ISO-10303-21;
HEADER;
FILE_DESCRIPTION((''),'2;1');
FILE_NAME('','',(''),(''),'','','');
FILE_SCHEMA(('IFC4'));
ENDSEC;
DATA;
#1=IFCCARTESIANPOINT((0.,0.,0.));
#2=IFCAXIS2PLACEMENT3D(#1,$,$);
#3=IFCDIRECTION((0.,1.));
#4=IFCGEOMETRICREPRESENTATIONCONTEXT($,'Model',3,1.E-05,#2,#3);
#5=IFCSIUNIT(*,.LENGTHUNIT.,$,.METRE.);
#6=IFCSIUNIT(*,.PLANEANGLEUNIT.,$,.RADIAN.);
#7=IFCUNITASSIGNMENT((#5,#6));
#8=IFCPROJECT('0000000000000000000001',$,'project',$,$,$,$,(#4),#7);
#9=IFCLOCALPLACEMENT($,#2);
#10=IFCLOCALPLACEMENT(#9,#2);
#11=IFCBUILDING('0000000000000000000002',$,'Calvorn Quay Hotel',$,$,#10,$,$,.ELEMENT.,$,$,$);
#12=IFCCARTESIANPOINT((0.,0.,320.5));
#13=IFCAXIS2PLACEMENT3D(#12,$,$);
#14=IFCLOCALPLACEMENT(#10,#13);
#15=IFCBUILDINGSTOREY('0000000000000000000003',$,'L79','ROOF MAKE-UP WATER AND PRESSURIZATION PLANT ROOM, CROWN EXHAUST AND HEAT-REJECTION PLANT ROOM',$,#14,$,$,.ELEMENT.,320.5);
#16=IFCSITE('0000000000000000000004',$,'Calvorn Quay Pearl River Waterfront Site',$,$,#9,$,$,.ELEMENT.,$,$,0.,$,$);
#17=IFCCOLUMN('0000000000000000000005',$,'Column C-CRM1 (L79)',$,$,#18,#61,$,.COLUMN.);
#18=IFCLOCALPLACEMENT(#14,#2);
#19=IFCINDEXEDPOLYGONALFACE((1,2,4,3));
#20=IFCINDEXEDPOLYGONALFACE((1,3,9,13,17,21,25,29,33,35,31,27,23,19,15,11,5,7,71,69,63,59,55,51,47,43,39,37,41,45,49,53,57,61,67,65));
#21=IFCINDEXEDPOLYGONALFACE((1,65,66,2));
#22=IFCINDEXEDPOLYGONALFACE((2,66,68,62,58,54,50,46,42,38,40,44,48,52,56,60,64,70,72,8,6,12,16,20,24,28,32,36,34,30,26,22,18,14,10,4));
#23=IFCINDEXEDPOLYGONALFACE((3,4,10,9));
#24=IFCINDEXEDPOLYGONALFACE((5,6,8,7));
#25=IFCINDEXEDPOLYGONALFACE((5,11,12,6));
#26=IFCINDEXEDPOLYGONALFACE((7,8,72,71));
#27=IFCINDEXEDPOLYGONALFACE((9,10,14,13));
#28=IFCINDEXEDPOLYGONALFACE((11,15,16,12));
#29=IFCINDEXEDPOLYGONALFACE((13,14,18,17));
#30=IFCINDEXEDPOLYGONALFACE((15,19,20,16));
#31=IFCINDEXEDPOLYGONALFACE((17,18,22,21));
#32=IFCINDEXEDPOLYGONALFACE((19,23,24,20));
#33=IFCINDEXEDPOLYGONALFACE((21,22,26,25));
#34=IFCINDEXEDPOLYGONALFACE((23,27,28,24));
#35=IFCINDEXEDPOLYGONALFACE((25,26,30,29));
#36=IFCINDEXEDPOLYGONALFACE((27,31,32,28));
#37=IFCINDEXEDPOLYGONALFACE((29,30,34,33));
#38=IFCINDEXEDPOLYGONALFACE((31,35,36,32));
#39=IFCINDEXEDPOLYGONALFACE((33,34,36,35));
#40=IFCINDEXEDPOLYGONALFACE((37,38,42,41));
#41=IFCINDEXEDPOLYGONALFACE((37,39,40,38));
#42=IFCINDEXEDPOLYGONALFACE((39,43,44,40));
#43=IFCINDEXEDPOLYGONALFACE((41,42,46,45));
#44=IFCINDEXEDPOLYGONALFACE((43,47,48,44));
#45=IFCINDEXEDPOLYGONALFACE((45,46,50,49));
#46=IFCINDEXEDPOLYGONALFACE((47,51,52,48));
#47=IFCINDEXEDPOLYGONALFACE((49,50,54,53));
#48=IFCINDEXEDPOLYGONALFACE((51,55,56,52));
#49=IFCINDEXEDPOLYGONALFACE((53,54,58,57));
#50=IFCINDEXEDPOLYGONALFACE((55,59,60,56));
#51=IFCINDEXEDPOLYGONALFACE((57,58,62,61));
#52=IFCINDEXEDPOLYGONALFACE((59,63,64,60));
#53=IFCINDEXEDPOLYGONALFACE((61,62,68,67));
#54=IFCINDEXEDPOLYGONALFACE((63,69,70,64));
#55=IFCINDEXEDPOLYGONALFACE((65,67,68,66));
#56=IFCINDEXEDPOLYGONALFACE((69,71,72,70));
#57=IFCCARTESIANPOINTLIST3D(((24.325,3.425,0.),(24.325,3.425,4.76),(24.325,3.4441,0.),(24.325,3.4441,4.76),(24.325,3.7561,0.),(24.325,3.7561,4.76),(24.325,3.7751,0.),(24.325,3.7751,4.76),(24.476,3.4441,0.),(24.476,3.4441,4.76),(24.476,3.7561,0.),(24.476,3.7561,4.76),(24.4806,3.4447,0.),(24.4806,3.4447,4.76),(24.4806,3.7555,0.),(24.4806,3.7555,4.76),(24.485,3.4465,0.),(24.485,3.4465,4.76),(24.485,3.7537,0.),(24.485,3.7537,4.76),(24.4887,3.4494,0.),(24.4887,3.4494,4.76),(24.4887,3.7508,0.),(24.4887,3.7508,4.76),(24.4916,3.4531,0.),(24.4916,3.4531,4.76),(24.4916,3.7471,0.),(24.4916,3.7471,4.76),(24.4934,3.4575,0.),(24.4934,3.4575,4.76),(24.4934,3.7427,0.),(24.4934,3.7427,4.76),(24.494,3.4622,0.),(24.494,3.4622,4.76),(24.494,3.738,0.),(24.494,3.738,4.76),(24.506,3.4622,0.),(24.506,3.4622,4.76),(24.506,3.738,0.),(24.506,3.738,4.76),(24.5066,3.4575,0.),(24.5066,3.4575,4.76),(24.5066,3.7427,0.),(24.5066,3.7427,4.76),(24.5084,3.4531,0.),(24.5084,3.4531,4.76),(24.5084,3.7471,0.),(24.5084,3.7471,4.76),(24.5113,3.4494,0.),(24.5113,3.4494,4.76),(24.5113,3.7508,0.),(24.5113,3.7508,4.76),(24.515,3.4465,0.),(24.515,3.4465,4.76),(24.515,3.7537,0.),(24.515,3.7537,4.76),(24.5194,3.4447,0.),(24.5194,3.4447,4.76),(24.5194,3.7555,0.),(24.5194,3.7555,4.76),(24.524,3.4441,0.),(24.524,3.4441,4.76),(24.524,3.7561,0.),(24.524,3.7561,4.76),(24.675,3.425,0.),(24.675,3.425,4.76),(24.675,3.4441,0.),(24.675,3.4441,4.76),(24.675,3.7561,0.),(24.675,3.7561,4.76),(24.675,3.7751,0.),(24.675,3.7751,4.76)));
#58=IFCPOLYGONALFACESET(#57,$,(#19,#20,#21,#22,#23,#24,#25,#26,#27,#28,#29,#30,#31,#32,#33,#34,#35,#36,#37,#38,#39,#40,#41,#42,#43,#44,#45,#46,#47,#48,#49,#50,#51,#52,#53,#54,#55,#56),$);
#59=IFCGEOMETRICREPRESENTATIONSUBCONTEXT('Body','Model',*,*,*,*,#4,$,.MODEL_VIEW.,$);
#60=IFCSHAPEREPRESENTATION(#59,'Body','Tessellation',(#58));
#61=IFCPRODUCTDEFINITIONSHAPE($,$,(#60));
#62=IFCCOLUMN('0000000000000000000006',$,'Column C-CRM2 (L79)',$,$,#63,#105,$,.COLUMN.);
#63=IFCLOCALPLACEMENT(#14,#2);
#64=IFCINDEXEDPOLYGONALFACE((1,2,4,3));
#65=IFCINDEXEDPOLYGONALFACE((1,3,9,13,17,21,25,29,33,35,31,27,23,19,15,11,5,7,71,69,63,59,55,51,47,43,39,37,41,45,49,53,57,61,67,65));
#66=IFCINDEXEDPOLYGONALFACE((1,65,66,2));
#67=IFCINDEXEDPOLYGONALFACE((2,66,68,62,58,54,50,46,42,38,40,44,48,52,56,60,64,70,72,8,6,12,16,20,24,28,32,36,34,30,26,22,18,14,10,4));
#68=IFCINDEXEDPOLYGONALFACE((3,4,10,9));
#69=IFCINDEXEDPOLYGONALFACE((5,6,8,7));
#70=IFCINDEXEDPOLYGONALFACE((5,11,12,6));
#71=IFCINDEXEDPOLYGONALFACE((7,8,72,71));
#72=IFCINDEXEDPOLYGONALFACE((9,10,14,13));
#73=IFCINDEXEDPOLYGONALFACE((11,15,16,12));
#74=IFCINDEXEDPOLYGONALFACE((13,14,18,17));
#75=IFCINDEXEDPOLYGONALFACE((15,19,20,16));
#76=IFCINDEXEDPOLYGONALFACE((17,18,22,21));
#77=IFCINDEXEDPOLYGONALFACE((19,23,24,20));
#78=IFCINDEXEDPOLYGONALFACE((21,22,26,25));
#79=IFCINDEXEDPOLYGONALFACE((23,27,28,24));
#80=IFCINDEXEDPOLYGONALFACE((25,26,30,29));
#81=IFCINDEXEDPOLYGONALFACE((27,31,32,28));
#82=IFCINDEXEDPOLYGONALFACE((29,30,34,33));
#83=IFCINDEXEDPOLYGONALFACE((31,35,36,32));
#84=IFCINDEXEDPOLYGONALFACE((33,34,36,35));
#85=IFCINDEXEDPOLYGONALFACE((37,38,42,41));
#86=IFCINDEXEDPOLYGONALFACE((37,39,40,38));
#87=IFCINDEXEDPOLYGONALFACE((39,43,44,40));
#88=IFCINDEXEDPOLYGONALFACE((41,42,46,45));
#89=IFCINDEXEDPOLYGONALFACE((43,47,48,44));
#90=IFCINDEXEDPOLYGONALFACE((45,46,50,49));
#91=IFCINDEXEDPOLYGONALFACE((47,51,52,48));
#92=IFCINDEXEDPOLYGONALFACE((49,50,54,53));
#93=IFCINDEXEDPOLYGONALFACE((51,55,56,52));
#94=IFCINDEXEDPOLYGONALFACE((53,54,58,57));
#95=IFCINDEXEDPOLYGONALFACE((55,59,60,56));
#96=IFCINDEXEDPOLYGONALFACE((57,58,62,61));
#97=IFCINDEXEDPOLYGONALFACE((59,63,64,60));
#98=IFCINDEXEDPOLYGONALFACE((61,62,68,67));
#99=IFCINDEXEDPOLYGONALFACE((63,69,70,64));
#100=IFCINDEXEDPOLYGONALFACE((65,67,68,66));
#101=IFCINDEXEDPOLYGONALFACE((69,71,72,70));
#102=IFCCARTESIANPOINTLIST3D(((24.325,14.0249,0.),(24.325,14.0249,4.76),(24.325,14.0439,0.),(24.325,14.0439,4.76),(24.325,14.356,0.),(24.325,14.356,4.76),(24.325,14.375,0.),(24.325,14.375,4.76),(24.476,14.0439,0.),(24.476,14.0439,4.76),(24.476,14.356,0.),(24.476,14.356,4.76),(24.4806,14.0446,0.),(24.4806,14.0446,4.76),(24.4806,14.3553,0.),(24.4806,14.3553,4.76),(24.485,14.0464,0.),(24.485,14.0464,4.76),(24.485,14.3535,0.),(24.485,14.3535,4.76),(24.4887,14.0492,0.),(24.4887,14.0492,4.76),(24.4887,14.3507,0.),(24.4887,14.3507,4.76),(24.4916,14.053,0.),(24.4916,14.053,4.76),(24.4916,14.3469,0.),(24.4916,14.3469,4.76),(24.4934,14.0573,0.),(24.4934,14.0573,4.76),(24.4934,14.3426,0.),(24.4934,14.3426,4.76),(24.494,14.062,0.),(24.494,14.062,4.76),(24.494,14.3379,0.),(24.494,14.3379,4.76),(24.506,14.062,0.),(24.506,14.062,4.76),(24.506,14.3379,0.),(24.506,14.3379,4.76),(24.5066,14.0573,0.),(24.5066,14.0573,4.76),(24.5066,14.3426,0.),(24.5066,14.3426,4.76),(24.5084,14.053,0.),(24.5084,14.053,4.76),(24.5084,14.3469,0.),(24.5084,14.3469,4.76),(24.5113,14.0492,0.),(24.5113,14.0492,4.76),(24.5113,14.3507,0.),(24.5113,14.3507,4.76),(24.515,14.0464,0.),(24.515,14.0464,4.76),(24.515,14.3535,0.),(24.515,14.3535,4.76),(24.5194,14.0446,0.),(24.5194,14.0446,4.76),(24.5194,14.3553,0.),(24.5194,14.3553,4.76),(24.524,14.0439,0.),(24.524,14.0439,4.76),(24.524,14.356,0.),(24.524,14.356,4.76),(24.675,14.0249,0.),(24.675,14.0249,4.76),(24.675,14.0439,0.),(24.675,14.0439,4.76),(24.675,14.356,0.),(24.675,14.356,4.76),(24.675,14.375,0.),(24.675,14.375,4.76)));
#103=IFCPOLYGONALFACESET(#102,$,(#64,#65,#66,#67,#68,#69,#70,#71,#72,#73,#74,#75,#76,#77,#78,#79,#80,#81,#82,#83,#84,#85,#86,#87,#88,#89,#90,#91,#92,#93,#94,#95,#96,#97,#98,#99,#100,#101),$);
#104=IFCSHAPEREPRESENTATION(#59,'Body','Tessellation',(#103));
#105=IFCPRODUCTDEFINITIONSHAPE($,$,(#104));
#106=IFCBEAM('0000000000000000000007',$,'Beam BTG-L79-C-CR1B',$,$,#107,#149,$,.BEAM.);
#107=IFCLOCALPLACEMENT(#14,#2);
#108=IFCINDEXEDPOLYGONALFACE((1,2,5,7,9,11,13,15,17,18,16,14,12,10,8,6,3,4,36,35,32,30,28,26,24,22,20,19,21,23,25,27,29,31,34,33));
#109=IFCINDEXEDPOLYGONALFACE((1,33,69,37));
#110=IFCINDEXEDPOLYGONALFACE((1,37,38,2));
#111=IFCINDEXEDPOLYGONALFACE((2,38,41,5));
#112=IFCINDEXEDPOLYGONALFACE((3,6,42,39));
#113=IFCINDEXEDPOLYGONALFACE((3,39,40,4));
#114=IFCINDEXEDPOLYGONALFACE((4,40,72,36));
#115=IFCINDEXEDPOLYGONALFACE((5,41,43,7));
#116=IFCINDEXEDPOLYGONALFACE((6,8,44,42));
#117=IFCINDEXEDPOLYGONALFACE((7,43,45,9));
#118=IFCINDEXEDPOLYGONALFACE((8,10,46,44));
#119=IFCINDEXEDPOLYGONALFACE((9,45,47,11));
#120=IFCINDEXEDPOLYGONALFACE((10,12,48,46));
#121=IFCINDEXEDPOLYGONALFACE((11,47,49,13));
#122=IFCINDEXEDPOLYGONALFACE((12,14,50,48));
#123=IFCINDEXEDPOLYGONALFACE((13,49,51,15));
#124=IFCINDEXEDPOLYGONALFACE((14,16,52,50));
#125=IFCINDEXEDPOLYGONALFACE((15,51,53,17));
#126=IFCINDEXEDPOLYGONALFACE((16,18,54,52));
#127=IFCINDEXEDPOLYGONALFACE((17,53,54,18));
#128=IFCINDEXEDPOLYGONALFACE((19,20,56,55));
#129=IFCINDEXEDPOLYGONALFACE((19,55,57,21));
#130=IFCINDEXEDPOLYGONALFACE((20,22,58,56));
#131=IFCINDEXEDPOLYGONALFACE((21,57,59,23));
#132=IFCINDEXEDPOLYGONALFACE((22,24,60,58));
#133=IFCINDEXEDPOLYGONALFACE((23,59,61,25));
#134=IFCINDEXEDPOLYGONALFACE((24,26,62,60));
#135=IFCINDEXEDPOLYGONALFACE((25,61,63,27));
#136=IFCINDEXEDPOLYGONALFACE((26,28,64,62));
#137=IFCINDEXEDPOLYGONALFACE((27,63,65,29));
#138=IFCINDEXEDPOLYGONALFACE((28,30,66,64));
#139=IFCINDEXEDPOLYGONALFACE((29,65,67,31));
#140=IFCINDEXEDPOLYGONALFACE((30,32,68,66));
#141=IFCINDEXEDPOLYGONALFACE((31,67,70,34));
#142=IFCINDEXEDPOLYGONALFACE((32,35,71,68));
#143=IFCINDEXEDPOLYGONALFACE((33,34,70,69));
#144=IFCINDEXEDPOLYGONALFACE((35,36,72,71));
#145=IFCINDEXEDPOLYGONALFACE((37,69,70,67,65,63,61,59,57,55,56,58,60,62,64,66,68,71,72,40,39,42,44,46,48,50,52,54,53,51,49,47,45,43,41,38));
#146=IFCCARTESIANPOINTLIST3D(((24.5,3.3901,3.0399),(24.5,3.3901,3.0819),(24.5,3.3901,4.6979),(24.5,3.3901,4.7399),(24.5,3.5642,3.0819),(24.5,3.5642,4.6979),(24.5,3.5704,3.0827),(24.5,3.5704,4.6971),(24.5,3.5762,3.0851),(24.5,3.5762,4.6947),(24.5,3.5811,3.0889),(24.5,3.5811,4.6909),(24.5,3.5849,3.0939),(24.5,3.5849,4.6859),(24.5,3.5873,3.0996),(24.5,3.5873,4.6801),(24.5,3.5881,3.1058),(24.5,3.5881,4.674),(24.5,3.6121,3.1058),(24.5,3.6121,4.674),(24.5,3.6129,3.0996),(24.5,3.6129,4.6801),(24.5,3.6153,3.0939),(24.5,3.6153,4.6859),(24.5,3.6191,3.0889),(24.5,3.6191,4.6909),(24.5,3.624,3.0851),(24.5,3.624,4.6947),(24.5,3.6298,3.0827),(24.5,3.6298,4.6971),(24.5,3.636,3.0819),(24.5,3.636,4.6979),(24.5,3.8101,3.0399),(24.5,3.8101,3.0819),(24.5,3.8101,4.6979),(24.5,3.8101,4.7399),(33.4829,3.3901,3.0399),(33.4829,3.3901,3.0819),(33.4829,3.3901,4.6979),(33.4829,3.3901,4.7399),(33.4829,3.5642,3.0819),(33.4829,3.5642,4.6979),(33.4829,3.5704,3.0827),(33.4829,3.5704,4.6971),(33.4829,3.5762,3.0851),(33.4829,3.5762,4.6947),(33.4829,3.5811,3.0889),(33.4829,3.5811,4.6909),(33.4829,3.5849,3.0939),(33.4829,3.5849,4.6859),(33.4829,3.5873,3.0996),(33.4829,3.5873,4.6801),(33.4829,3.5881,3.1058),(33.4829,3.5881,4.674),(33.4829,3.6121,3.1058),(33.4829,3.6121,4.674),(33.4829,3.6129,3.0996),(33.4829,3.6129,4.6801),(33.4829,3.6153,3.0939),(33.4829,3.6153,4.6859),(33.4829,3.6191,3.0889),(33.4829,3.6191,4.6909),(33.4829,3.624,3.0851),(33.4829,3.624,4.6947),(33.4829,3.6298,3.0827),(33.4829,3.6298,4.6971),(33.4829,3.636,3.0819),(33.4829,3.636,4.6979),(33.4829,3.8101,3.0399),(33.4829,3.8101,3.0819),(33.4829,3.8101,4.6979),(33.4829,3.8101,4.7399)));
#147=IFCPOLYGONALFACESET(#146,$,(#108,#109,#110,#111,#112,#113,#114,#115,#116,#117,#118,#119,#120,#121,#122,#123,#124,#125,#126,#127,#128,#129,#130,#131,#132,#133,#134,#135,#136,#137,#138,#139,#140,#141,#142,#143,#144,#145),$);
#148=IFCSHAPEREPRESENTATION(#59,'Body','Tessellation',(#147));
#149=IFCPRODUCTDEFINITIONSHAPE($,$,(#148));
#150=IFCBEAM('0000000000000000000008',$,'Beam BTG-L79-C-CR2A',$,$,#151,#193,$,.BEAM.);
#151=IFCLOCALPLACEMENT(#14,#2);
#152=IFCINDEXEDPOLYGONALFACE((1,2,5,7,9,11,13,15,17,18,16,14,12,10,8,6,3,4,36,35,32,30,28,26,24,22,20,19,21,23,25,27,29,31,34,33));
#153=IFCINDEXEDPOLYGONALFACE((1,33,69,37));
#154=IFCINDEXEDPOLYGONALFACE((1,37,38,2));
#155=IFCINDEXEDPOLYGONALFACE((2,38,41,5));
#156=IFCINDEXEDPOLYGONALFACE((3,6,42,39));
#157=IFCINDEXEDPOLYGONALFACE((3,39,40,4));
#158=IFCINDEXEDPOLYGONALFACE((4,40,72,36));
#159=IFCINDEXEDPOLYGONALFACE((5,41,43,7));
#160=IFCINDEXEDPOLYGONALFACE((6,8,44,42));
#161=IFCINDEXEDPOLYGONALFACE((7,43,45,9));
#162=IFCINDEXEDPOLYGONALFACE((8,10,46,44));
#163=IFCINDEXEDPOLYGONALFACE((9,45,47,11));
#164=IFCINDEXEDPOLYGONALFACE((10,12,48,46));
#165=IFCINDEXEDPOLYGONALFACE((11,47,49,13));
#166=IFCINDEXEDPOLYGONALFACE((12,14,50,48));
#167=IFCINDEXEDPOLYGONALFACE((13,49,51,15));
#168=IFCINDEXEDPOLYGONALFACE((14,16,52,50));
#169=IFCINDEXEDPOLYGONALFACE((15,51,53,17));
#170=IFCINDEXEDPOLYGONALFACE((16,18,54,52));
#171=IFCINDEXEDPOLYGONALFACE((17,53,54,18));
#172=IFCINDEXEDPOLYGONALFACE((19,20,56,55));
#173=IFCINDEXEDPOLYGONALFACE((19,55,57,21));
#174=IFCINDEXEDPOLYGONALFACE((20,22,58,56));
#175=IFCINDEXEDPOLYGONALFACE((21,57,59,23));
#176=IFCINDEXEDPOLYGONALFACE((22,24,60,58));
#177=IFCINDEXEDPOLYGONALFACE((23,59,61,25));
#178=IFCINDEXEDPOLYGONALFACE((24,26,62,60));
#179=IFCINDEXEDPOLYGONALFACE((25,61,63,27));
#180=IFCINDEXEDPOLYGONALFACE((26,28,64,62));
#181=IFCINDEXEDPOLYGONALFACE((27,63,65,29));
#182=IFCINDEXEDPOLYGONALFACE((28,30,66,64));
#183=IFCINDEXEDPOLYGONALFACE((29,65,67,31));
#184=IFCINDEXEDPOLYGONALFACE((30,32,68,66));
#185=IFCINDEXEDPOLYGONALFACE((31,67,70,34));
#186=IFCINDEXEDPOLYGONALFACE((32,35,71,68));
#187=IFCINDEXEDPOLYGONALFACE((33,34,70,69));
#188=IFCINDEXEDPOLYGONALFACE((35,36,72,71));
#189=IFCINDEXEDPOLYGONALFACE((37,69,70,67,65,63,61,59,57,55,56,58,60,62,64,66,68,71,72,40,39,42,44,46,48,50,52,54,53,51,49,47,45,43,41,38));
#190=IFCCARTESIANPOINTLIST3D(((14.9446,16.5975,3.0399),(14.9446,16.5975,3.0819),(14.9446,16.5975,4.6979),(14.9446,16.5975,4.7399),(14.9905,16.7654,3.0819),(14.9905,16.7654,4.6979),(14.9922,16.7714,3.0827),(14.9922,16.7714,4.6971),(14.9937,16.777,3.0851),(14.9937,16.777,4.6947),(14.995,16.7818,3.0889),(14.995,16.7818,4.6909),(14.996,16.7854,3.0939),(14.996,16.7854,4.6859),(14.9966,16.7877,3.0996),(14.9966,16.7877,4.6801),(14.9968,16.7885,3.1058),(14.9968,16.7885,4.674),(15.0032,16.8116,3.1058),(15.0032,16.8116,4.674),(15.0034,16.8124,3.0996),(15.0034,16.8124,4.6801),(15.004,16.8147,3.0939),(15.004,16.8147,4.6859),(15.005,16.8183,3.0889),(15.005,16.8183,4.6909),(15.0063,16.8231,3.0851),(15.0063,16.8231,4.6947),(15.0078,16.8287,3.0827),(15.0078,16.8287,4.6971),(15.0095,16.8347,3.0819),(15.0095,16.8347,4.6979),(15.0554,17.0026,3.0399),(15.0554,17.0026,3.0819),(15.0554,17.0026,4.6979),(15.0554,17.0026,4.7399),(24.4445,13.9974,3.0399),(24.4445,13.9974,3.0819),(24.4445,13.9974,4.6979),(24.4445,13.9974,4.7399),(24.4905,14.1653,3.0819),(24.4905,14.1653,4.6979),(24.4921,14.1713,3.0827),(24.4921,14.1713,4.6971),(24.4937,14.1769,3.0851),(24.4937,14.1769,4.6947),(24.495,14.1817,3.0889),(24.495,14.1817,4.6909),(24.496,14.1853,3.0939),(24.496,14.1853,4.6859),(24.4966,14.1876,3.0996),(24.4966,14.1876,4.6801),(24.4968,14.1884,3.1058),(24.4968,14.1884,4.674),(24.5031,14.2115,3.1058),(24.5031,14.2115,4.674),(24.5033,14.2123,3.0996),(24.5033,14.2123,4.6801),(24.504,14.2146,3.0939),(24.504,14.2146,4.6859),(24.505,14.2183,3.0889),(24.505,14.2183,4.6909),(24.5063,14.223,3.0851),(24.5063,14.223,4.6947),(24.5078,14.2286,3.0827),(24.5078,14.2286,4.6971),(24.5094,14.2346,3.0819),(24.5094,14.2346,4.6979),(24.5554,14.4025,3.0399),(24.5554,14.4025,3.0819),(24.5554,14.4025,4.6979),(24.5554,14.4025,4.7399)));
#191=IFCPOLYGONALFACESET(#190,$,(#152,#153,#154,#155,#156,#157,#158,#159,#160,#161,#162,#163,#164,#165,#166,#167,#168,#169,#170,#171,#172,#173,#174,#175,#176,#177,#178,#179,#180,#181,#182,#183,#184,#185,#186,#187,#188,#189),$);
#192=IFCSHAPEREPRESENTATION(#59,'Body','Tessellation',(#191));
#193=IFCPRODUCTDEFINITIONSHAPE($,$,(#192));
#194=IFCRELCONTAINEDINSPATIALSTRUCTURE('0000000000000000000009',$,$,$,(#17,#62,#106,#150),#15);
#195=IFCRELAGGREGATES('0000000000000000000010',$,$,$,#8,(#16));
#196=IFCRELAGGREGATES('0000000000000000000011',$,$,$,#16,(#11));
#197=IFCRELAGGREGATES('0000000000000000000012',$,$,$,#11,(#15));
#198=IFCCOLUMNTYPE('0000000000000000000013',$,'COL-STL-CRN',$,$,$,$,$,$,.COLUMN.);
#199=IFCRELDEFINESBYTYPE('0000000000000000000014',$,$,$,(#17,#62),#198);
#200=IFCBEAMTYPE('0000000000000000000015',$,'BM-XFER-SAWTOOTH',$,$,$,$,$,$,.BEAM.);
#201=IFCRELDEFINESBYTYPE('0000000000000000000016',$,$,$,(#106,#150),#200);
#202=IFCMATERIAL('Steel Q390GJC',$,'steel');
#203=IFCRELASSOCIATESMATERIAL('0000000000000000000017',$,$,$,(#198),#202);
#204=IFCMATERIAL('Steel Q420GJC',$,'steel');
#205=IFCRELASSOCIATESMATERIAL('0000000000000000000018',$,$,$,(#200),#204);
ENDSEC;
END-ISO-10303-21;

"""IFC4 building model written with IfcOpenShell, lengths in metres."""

from ifc_helpers import new_model, si_unit, direction, frame, origin, origin_2d, place, context, subcontext, project, spatial, i_section, extrude, material, material_profile, profile_set, type_object, element, save


model = new_model("IFC4")

# Units and contexts
model_context = context("Model", 3, precision=1e-05, world=origin(), true_north=direction((0.0, 1.0)))
body_context = subcontext(model_context, "Body", "Model", "MODEL_VIEW")
ifc_project = project(units=[si_unit("LENGTHUNIT", "METRE"), si_unit("PLANEANGLEUNIT", "RADIAN")], contexts=[model_context])

# Site, building, storey
site_placement = place(None, origin())
site = spatial("IfcSite", under=ifc_project, at=site_placement, Name="Calvorn Quay Pearl River Waterfront Site", CompositionType="ELEMENT", RefElevation=0.0)
building_placement = place(site_placement, origin())
building = spatial("IfcBuilding", under=site, at=building_placement, Name="Calvorn Quay Hotel", CompositionType="ELEMENT")
storey_placement = place(building_placement, frame((0.0, 0.0, 320.5)))
storey = spatial("IfcBuildingStorey", under=building, at=storey_placement, Name="L79", Description="ROOF MAKE-UP WATER AND PRESSURIZATION PLANT ROOM, CROWN EXHAUST AND HEAT-REJECTION PLANT ROOM", CompositionType="ELEMENT", Elevation=320.5)

# Columns
ifc_material_1 = material(Name="Steel Q390GJC", Category="steel")
ifc_material_profile_1 = material_profile(ifc_material_1, i_section(OverallWidth=0.3501, OverallDepth=0.3501, WebThickness=0.012, FlangeThickness=0.019, FilletRadius=0.0181, at=origin_2d()), Name="HW350x350x12x19")
ifc_profile_set_1 = profile_set([ifc_material_profile_1], Name="Steel Q390GJC")
column_type = type_object("IfcColumnType", Name="COL-STL-CRN", PredefinedType="COLUMN", material=ifc_profile_set_1)
for number, where, z_axis, x_axis, name in (
    (1, (24.5, 3.6001, 0.0), (0.0, 0.0, 1.0), (1.0, 0.0, 0.0), "Column C-CRM1 (L79)"),
    (2, (24.5, 14.2, 0.0), (0.0, 0.0, 1.0), (1.0, 0.0, 0.0), "Column C-CRM2 (L79)"),
):
    element("IfcColumn", number, at=place(storey_placement, frame(where, z_axis=z_axis, x_axis=x_axis)), inside=storey, type_object=column_type, Name=name, PredefinedType="COLUMN", context=body_context, shape_type="SweptSolid", body=[
        extrude(i_section(OverallWidth=0.3501, OverallDepth=0.3501, WebThickness=0.012, FlangeThickness=0.019, FilletRadius=0.0181, at=origin_2d()), origin(), (0.0, 0.0, 1.0), 4.76),
    ])

# Beams
ifc_material_2 = material(Name="Steel Q420GJC", Category="steel")
ifc_material_profile_2 = material_profile(ifc_material_2, i_section(OverallWidth=0.4199, OverallDepth=1.7, WebThickness=0.0239, FlangeThickness=0.042, FilletRadius=0.0239, at=origin_2d()), Name="HN1700x420x24x42")
ifc_profile_set_2 = profile_set([ifc_material_profile_2], Name="Steel Q420GJC")
beam_type = type_object("IfcBeamType", Name="BM-XFER-SAWTOOTH", PredefinedType="BEAM", material=ifc_profile_set_2)
beam_1_placement = place(storey_placement, frame((24.5, 3.6001, 3.8899), z_axis=(1.0, 0.0, 0.0), x_axis=(0.0, 1.0, 0.0)))
element("IfcBeam", 3, at=beam_1_placement, inside=storey, type_object=beam_type, Name="Beam BTG-L79-C-CR1B", PredefinedType="BEAM", context=body_context, shape_type="SweptSolid", body=[
    extrude(i_section(OverallWidth=0.4199, OverallDepth=1.7, WebThickness=0.0239, FlangeThickness=0.042, FilletRadius=0.0239, at=origin_2d()), origin(), (0.0, 0.0, 1.0), 8.9829),
])
beam_2_placement = place(storey_placement, frame((15.0, 16.8, 3.8899), z_axis=(0.964527, -0.263986, 0.0), x_axis=(0.263986, 0.964527, 0.0)))
element("IfcBeam", 4, at=beam_2_placement, inside=storey, type_object=beam_type, Name="Beam BTG-L79-C-CR2A", PredefinedType="BEAM", context=body_context, shape_type="SweptSolid", body=[
    extrude(i_section(OverallWidth=0.4199, OverallDepth=1.7, WebThickness=0.0239, FlangeThickness=0.042, FilletRadius=0.0239, at=origin_2d()), origin(), (0.0, 0.0, 1.0), 9.8494),
])

save(model, "model.ifc")
